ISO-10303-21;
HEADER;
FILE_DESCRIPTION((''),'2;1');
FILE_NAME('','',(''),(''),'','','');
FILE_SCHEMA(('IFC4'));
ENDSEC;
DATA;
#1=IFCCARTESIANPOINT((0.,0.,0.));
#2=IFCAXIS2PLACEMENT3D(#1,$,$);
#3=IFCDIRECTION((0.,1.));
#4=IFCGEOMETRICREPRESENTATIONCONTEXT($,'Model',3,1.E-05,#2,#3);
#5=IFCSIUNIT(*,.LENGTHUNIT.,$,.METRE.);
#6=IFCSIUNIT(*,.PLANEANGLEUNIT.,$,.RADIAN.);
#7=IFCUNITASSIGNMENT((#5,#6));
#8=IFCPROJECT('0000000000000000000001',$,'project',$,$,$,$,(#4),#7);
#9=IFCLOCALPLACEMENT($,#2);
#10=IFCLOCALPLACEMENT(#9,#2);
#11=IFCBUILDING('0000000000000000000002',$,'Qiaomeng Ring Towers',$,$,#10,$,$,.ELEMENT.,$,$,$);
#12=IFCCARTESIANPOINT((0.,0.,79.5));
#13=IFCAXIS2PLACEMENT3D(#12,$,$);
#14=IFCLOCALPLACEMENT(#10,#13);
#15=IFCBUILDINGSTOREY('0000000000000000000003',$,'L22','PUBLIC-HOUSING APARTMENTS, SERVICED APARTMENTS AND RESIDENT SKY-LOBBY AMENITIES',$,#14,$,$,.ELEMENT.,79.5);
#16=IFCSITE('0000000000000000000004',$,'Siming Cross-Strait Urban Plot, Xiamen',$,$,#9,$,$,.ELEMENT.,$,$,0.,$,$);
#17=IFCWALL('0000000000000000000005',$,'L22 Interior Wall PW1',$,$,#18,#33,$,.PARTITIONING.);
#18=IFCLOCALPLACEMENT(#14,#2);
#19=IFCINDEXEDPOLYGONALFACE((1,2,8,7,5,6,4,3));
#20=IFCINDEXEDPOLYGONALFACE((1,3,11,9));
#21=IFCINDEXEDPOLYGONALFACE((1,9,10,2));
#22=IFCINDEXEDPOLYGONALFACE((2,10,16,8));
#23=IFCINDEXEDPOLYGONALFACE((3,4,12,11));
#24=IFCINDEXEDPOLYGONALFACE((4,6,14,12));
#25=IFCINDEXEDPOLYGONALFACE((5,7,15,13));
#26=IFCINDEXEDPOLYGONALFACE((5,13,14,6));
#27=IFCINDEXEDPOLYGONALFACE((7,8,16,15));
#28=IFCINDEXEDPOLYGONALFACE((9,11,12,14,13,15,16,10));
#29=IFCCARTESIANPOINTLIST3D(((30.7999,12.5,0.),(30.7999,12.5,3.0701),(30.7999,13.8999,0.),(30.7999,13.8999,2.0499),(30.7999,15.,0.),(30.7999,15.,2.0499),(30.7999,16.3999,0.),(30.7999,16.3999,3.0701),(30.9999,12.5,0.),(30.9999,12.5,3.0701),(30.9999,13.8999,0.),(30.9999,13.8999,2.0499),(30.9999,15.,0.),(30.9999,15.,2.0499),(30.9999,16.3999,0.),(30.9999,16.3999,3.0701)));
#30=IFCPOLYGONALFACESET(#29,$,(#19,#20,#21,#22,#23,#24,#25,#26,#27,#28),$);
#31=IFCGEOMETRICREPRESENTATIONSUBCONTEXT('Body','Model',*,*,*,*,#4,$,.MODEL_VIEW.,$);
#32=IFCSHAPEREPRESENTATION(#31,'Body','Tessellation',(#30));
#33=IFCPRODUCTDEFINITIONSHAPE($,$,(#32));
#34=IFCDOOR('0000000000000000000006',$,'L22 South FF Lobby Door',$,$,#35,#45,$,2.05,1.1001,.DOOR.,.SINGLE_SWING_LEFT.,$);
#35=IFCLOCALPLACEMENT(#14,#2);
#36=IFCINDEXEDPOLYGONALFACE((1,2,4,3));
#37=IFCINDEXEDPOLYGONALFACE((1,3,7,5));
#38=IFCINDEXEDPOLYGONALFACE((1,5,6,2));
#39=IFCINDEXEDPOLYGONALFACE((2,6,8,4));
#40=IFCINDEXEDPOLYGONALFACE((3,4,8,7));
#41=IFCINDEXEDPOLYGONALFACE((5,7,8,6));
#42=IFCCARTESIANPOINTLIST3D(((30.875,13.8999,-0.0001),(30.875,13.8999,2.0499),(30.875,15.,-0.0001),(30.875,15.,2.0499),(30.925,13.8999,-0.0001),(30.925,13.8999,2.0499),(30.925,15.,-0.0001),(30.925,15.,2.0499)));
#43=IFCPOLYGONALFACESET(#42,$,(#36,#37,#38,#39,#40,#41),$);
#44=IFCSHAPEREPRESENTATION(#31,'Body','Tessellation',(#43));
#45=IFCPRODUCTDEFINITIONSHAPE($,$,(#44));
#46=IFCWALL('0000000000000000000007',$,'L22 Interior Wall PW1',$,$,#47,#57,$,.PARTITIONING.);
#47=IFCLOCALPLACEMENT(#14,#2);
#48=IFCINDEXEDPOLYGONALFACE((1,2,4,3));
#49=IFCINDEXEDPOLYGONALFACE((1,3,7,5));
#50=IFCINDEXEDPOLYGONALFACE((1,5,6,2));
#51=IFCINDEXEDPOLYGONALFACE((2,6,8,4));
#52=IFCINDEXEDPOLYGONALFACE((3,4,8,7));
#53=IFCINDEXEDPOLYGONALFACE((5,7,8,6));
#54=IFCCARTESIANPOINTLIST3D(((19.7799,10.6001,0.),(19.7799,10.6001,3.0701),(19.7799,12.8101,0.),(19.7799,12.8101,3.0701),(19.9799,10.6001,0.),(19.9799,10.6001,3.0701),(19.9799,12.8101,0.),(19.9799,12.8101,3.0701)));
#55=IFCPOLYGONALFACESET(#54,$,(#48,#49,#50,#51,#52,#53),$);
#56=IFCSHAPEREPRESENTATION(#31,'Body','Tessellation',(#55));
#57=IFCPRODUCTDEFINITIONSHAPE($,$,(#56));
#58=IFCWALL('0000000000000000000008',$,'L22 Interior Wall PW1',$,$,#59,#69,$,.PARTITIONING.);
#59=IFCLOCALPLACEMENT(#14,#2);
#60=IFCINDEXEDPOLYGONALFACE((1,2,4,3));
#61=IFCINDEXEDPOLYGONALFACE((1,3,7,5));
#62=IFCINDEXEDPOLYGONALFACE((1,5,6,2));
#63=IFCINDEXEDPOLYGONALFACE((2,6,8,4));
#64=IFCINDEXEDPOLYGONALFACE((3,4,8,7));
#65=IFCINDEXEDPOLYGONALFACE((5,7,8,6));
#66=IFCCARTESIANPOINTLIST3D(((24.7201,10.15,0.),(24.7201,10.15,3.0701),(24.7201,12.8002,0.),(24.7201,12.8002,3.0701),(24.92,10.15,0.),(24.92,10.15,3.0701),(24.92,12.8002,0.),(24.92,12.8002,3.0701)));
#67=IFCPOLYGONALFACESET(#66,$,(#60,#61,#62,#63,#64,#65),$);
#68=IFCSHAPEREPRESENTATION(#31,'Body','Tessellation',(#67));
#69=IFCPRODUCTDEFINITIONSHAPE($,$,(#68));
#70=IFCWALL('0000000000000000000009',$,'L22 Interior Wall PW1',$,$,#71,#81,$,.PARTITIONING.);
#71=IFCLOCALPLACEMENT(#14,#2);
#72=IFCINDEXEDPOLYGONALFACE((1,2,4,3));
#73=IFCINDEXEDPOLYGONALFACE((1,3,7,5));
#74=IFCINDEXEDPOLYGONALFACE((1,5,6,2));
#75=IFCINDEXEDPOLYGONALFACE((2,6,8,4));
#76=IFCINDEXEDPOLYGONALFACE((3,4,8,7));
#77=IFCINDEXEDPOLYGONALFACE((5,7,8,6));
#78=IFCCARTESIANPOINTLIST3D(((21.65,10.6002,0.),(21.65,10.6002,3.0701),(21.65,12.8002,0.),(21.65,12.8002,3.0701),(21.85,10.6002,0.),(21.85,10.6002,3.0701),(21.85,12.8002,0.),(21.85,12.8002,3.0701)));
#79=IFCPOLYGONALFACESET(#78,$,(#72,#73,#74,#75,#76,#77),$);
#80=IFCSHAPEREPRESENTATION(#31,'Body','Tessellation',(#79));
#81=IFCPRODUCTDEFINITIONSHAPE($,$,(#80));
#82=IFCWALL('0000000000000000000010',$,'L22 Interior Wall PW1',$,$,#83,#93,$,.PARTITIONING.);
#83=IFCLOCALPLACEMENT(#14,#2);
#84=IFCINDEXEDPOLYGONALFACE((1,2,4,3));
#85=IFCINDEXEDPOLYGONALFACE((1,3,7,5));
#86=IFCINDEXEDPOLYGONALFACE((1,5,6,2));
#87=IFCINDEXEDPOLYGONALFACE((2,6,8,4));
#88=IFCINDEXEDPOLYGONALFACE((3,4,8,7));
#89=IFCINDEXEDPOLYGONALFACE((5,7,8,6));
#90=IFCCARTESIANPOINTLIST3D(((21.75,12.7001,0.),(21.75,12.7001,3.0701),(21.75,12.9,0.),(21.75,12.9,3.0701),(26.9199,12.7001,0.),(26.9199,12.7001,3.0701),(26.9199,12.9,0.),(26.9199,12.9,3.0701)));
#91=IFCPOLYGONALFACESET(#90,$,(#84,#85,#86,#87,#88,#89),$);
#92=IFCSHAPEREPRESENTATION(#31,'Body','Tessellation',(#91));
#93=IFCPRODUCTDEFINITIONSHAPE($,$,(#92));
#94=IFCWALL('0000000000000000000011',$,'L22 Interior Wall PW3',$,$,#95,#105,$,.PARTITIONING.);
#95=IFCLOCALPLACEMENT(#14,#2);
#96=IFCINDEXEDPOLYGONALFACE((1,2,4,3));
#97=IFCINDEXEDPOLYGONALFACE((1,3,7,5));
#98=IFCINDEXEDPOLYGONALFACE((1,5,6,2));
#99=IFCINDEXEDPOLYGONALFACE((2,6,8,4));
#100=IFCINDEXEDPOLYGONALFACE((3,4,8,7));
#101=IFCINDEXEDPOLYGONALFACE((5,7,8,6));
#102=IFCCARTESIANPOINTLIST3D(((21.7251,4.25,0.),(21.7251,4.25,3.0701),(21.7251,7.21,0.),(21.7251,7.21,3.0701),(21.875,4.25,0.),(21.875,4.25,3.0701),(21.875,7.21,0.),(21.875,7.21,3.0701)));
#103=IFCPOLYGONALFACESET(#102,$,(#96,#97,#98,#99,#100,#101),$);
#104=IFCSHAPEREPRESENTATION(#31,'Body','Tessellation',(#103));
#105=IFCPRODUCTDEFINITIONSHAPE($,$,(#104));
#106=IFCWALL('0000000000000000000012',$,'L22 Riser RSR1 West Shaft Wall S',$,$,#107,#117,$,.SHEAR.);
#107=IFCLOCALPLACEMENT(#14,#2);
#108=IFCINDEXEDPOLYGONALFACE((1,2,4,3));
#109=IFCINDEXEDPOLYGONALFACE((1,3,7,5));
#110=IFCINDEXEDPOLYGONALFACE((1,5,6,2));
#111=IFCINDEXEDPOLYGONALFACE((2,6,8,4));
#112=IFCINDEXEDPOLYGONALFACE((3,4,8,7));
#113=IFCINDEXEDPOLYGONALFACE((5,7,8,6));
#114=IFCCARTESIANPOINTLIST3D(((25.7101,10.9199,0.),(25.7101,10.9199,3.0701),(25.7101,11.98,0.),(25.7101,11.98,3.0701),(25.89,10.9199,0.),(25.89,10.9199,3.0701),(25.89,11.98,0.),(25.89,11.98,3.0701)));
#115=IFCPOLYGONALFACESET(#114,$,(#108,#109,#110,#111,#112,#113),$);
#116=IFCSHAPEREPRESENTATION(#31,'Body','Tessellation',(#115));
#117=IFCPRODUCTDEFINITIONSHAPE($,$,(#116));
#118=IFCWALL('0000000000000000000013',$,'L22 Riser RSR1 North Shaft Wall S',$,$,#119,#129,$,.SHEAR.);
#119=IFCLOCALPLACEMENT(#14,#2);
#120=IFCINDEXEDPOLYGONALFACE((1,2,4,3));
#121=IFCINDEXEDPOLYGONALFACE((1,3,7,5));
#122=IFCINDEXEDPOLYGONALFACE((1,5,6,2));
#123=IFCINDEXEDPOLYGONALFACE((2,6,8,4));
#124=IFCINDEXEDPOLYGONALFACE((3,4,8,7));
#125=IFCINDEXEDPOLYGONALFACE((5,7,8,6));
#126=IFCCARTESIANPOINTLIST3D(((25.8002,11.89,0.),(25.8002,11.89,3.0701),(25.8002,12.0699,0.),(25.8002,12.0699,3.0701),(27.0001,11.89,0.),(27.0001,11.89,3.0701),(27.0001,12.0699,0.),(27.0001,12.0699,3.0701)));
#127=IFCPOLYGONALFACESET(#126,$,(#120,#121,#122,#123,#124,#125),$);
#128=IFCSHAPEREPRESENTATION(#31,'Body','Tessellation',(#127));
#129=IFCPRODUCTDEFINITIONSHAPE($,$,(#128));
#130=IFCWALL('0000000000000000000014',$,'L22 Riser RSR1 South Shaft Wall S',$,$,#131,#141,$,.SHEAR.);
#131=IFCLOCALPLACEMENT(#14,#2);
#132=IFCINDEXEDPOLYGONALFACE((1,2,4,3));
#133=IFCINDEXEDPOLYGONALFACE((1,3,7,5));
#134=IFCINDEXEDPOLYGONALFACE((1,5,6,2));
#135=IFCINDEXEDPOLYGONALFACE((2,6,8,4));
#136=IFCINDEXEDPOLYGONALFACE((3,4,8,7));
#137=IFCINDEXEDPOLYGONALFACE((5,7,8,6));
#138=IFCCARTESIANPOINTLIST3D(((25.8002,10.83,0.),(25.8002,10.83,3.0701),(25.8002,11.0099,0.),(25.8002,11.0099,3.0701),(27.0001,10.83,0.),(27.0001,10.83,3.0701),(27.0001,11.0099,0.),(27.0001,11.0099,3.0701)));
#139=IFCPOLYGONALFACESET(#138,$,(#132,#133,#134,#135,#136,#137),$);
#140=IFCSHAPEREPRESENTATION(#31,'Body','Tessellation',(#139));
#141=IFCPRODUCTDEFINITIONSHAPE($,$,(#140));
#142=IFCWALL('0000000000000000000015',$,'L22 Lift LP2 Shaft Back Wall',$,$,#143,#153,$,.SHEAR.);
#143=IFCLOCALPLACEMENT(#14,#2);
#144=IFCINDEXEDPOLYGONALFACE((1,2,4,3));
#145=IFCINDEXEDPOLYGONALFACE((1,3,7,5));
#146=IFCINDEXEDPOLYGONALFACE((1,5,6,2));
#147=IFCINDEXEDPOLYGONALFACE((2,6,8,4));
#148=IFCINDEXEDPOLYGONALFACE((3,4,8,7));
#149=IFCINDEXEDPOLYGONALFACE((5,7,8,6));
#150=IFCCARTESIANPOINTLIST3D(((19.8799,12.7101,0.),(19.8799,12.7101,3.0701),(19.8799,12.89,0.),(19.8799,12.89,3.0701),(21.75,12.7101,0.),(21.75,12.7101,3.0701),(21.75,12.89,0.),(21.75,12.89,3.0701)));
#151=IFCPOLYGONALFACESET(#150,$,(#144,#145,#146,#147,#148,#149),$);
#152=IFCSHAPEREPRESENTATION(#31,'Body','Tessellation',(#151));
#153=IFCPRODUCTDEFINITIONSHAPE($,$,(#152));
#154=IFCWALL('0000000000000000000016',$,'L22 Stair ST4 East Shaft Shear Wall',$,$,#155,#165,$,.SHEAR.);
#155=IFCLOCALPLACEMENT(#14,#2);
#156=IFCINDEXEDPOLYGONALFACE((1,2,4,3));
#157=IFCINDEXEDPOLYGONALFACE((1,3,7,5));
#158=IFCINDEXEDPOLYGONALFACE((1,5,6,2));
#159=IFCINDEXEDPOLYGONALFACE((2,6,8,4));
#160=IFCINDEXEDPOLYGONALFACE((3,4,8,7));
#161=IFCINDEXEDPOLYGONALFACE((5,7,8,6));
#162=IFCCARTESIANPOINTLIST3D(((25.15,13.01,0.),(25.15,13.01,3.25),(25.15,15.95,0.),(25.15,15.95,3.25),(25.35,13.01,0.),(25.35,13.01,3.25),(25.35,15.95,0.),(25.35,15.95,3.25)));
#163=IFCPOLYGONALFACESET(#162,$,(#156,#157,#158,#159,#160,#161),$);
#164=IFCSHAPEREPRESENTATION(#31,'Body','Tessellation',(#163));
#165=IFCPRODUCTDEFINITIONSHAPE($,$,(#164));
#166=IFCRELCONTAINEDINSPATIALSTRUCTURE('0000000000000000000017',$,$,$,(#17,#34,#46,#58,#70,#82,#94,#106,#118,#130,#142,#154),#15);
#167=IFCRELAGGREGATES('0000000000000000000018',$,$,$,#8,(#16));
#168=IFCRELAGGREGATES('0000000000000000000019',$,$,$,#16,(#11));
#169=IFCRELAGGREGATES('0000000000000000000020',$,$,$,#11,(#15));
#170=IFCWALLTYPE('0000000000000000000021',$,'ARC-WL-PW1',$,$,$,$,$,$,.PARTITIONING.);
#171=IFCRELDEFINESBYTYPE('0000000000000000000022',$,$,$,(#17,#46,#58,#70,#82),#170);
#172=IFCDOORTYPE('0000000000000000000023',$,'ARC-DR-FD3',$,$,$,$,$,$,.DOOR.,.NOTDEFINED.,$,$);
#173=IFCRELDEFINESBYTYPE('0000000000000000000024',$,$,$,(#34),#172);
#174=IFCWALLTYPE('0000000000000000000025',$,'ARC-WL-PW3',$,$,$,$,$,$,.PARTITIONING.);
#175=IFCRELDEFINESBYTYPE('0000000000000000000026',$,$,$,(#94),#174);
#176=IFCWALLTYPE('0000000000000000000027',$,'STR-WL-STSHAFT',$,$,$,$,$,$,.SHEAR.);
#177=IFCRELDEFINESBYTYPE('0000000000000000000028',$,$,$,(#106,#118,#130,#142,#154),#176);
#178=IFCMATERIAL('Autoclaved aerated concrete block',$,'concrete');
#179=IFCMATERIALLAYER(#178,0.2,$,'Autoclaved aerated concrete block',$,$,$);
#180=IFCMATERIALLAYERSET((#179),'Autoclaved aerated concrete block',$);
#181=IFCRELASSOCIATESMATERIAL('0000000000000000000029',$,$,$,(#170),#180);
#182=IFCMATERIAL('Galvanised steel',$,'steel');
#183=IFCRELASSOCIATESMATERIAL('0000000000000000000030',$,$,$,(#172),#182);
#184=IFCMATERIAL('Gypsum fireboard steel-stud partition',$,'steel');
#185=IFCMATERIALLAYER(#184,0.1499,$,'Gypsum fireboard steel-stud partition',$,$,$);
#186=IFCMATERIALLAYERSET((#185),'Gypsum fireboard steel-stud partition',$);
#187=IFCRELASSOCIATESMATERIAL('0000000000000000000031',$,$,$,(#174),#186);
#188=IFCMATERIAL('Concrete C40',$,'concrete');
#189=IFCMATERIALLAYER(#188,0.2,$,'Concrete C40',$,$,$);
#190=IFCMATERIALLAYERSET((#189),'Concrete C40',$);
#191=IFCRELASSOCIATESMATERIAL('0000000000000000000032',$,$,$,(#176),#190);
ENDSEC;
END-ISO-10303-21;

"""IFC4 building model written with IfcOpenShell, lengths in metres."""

from ifc_helpers import new_model, si_unit, direction, frame, frame_2d, origin, place, context, subcontext, project, spatial, rectangle, extrude, source, transform, mapped, material, layer, layer_set, type_object, element, fill, save


model = new_model("IFC4")

# Units and contexts
model_context = context("Model", 3, precision=1e-05, world=origin(), true_north=direction((0.0, 1.0)))
body_context = subcontext(model_context, "Body", "Model", "MODEL_VIEW")
ifc_project = project(units=[si_unit("LENGTHUNIT", "METRE"), si_unit("PLANEANGLEUNIT", "RADIAN")], contexts=[model_context])

# Site, building, storey
site_placement = place(None, origin())
site = spatial("IfcSite", under=ifc_project, at=site_placement, Name="Siming Cross-Strait Urban Plot, Xiamen", CompositionType="ELEMENT", RefElevation=0.0)
building_placement = place(site_placement, origin())
building = spatial("IfcBuilding", under=site, at=building_placement, Name="Qiaomeng Ring Towers", CompositionType="ELEMENT")
storey_placement = place(building_placement, frame((0.0, 0.0, 79.5)))
storey = spatial("IfcBuildingStorey", under=building, at=storey_placement, Name="L22", Description="PUBLIC-HOUSING APARTMENTS, SERVICED APARTMENTS AND RESIDENT SKY-LOBBY AMENITIES", CompositionType="ELEMENT", Elevation=79.5)

# Shared definitions
ifc_material_1 = material(Name="Autoclaved aerated concrete block", Category="concrete")
ifc_layer_1 = layer(ifc_material_1, 0.2, Name="Autoclaved aerated concrete block")
ifc_layer_set_1 = layer_set([ifc_layer_1], Name="Autoclaved aerated concrete block")
wall_type_1 = type_object("IfcWallType", Name="ARC-WL-PW1", PredefinedType="PARTITIONING", material=ifc_layer_set_1)

# Wall, opening, door
wall_1_placement = place(storey_placement, frame((30.8999, 12.5, 0.0), z_axis=(0.0, 0.0, 1.0), x_axis=(0.0, 1.0, 0.0)))
wall_1 = element("IfcWall", 1, at=wall_1_placement, inside=storey, type_object=wall_type_1, Name="L22 Interior Wall PW1", PredefinedType="PARTITIONING", context=body_context, shape_type="SweptSolid", body=[
    extrude(rectangle(XDim=3.8999, YDim=0.2, at=frame_2d((1.95, 0.0))), origin(), (0.0, 0.0, 1.0), 3.0701),
])
opening_1_placement = place(wall_1_placement, frame((1.3999, 0.0, 0.0)))
opening_1 = element("IfcOpeningElement", 2, at=opening_1_placement, cuts=wall_1, PredefinedType="OPENING", context=body_context, shape_type="SweptSolid", body=[
    extrude(rectangle(XDim=1.1001, YDim=2.05, at=frame_2d((0.55, 1.0249))), frame((0.0, 0.1099, 0.0), z_axis=(0.0, -1.0, 0.0), x_axis=(1.0, 0.0, 0.0)), (0.0, 0.0, 1.0), 0.22),
])
ifc_material_2 = material(Name="Galvanised steel", Category="steel")
door_type_1 = type_object("IfcDoorType", Name="ARC-DR-FD3", OperationType="NOTDEFINED", PredefinedType="DOOR", material=ifc_material_2)
shared_shape_1 = source(origin(), body_context, "Body", "SweptSolid", [
    extrude(rectangle(XDim=1.1001, YDim=2.05, at=frame_2d((0.55, 1.0249))), frame((0.0, 0.0249, 0.0), z_axis=(0.0, -1.0, 0.0), x_axis=(1.0, 0.0, 0.0)), (0.0, 0.0, 1.0), 0.05),
])
door_1_placement = place(opening_1_placement, origin())
door_1 = element("IfcDoor", 3, at=door_1_placement, inside=storey, type_object=door_type_1, Name="L22 South FF Lobby Door", OperationType="SINGLE_SWING_LEFT", OverallHeight=2.05, OverallWidth=1.1001, PredefinedType="DOOR", context=body_context, shape_type="MappedRepresentation", body=[
    mapped(shared_shape_1, transform((0.0, 0.0, 0.0), x_axis=(1.0, 0.0, 0.0), y_axis=(0.0, 1.0, 0.0), z_axis=(0.0, 0.0, 1.0), scale=1.0)),
])
fill(opening_1, door_1)

# Walls
wall_2_placement = place(storey_placement, frame((19.8799, 10.6001, 0.0), z_axis=(0.0, 0.0, 1.0), x_axis=(0.0, 1.0, 0.0)))
element("IfcWall", 4, at=wall_2_placement, inside=storey, type_object=wall_type_1, Name="L22 Interior Wall PW1", PredefinedType="PARTITIONING", context=body_context, shape_type="SweptSolid", body=[
    extrude(rectangle(XDim=2.21, YDim=0.2, at=frame_2d((1.105, 0.0))), origin(), (0.0, 0.0, 1.0), 3.0701),
])
wall_3_placement = place(storey_placement, frame((24.8201, 10.1499, 0.0), z_axis=(0.0, 0.0, 1.0), x_axis=(0.0, 1.0, 0.0)))
element("IfcWall", 5, at=wall_3_placement, inside=storey, type_object=wall_type_1, Name="L22 Interior Wall PW1", PredefinedType="PARTITIONING", context=body_context, shape_type="SweptSolid", body=[
    extrude(rectangle(XDim=2.6501, YDim=0.2, at=frame_2d((1.3252, 0.0))), origin(), (0.0, 0.0, 1.0), 3.0701),
])
wall_4_placement = place(storey_placement, frame((21.75, 10.6001, 0.0), z_axis=(0.0, 0.0, 1.0), x_axis=(0.0, 1.0, 0.0)))
element("IfcWall", 6, at=wall_4_placement, inside=storey, type_object=wall_type_1, Name="L22 Interior Wall PW1", PredefinedType="PARTITIONING", context=body_context, shape_type="SweptSolid", body=[
    extrude(rectangle(XDim=2.2, YDim=0.2, at=frame_2d((1.1001, 0.0))), origin(), (0.0, 0.0, 1.0), 3.0701),
])
wall_5_placement = place(storey_placement, frame((21.75, 12.8, 0.0), z_axis=(0.0, 0.0, 1.0), x_axis=(1.0, 0.0, 0.0)))
element("IfcWall", 7, at=wall_5_placement, inside=storey, type_object=wall_type_1, Name="L22 Interior Wall PW1", PredefinedType="PARTITIONING", context=body_context, shape_type="SweptSolid", body=[
    extrude(rectangle(XDim=5.1699, YDim=0.2, at=frame_2d((2.585, 0.0))), origin(), (0.0, 0.0, 1.0), 3.0701),
])
ifc_material_3 = material(Name="Gypsum fireboard steel-stud partition", Category="steel")
ifc_layer_2 = layer(ifc_material_3, 0.1499, Name="Gypsum fireboard steel-stud partition")
ifc_layer_set_2 = layer_set([ifc_layer_2], Name="Gypsum fireboard steel-stud partition")
wall_type_2 = type_object("IfcWallType", Name="ARC-WL-PW3", PredefinedType="PARTITIONING", material=ifc_layer_set_2)
wall_6_placement = place(storey_placement, frame((21.8, 4.25, 0.0), z_axis=(0.0, 0.0, 1.0), x_axis=(0.0, 1.0, 0.0)))
element("IfcWall", 8, at=wall_6_placement, inside=storey, type_object=wall_type_2, Name="L22 Interior Wall PW3", PredefinedType="PARTITIONING", context=body_context, shape_type="SweptSolid", body=[
    extrude(rectangle(XDim=2.96, YDim=0.1499, at=frame_2d((1.48, 0.0))), origin(), (0.0, 0.0, 1.0), 3.0701),
])
ifc_material_4 = material(Name="Concrete C40", Category="concrete")
ifc_layer_3 = layer(ifc_material_4, 0.2, Name="Concrete C40")
ifc_layer_set_3 = layer_set([ifc_layer_3], Name="Concrete C40")
wall_type_3 = type_object("IfcWallType", Name="STR-WL-STSHAFT", PredefinedType="SHEAR", material=ifc_layer_set_3)
wall_7_placement = place(storey_placement, frame((25.8, 10.9199, 0.0), z_axis=(0.0, 0.0, 1.0), x_axis=(0.0, 1.0, 0.0)))
element("IfcWall", 9, at=wall_7_placement, inside=storey, type_object=wall_type_3, Name="L22 Riser RSR1 West Shaft Wall S", PredefinedType="SHEAR", context=body_context, shape_type="SweptSolid", body=[
    extrude(rectangle(XDim=1.0601, YDim=0.1799, at=frame_2d((0.53, 0.0))), origin(), (0.0, 0.0, 1.0), 3.0701),
])
for number, where, z_axis, x_axis, name in (
    (10, (25.8, 11.98, 0.0), (0.0, 0.0, 1.0), (1.0, 0.0, 0.0), "L22 Riser RSR1 North Shaft Wall S"),
    (11, (25.8, 10.9199, 0.0), (0.0, 0.0, 1.0), (1.0, 0.0, 0.0), "L22 Riser RSR1 South Shaft Wall S"),
):
    element("IfcWall", number, at=place(storey_placement, frame(where, z_axis=z_axis, x_axis=x_axis)), inside=storey, type_object=wall_type_3, Name=name, PredefinedType="SHEAR", context=body_context, shape_type="SweptSolid", body=[
        extrude(rectangle(XDim=1.2, YDim=0.1799, at=frame_2d((0.6001, 0.0))), origin(), (0.0, 0.0, 1.0), 3.0701),
    ])
wall_8_placement = place(storey_placement, frame((19.8799, 12.8, 0.0), z_axis=(0.0, 0.0, 1.0), x_axis=(1.0, 0.0, 0.0)))
element("IfcWall", 12, at=wall_8_placement, inside=storey, type_object=wall_type_3, Name="L22 Lift LP2 Shaft Back Wall", PredefinedType="SHEAR", context=body_context, shape_type="SweptSolid", body=[
    extrude(rectangle(XDim=1.8701, YDim=0.1799, at=frame_2d((0.9351, 0.0))), origin(), (0.0, 0.0, 1.0), 3.0701),
])
wall_9_placement = place(storey_placement, frame((25.25, 13.01, 0.0), z_axis=(0.0, 0.0, 1.0), x_axis=(0.0, 1.0, 0.0)))
element("IfcWall", 13, at=wall_9_placement, inside=storey, type_object=wall_type_3, Name="L22 Stair ST4 East Shaft Shear Wall", PredefinedType="SHEAR", context=body_context, shape_type="SweptSolid", body=[
    extrude(rectangle(XDim=2.9399, YDim=0.2, at=frame_2d((1.47, 0.0))), origin(), (0.0, 0.0, 1.0), 3.25),
])

save(model, "model.ifc")
